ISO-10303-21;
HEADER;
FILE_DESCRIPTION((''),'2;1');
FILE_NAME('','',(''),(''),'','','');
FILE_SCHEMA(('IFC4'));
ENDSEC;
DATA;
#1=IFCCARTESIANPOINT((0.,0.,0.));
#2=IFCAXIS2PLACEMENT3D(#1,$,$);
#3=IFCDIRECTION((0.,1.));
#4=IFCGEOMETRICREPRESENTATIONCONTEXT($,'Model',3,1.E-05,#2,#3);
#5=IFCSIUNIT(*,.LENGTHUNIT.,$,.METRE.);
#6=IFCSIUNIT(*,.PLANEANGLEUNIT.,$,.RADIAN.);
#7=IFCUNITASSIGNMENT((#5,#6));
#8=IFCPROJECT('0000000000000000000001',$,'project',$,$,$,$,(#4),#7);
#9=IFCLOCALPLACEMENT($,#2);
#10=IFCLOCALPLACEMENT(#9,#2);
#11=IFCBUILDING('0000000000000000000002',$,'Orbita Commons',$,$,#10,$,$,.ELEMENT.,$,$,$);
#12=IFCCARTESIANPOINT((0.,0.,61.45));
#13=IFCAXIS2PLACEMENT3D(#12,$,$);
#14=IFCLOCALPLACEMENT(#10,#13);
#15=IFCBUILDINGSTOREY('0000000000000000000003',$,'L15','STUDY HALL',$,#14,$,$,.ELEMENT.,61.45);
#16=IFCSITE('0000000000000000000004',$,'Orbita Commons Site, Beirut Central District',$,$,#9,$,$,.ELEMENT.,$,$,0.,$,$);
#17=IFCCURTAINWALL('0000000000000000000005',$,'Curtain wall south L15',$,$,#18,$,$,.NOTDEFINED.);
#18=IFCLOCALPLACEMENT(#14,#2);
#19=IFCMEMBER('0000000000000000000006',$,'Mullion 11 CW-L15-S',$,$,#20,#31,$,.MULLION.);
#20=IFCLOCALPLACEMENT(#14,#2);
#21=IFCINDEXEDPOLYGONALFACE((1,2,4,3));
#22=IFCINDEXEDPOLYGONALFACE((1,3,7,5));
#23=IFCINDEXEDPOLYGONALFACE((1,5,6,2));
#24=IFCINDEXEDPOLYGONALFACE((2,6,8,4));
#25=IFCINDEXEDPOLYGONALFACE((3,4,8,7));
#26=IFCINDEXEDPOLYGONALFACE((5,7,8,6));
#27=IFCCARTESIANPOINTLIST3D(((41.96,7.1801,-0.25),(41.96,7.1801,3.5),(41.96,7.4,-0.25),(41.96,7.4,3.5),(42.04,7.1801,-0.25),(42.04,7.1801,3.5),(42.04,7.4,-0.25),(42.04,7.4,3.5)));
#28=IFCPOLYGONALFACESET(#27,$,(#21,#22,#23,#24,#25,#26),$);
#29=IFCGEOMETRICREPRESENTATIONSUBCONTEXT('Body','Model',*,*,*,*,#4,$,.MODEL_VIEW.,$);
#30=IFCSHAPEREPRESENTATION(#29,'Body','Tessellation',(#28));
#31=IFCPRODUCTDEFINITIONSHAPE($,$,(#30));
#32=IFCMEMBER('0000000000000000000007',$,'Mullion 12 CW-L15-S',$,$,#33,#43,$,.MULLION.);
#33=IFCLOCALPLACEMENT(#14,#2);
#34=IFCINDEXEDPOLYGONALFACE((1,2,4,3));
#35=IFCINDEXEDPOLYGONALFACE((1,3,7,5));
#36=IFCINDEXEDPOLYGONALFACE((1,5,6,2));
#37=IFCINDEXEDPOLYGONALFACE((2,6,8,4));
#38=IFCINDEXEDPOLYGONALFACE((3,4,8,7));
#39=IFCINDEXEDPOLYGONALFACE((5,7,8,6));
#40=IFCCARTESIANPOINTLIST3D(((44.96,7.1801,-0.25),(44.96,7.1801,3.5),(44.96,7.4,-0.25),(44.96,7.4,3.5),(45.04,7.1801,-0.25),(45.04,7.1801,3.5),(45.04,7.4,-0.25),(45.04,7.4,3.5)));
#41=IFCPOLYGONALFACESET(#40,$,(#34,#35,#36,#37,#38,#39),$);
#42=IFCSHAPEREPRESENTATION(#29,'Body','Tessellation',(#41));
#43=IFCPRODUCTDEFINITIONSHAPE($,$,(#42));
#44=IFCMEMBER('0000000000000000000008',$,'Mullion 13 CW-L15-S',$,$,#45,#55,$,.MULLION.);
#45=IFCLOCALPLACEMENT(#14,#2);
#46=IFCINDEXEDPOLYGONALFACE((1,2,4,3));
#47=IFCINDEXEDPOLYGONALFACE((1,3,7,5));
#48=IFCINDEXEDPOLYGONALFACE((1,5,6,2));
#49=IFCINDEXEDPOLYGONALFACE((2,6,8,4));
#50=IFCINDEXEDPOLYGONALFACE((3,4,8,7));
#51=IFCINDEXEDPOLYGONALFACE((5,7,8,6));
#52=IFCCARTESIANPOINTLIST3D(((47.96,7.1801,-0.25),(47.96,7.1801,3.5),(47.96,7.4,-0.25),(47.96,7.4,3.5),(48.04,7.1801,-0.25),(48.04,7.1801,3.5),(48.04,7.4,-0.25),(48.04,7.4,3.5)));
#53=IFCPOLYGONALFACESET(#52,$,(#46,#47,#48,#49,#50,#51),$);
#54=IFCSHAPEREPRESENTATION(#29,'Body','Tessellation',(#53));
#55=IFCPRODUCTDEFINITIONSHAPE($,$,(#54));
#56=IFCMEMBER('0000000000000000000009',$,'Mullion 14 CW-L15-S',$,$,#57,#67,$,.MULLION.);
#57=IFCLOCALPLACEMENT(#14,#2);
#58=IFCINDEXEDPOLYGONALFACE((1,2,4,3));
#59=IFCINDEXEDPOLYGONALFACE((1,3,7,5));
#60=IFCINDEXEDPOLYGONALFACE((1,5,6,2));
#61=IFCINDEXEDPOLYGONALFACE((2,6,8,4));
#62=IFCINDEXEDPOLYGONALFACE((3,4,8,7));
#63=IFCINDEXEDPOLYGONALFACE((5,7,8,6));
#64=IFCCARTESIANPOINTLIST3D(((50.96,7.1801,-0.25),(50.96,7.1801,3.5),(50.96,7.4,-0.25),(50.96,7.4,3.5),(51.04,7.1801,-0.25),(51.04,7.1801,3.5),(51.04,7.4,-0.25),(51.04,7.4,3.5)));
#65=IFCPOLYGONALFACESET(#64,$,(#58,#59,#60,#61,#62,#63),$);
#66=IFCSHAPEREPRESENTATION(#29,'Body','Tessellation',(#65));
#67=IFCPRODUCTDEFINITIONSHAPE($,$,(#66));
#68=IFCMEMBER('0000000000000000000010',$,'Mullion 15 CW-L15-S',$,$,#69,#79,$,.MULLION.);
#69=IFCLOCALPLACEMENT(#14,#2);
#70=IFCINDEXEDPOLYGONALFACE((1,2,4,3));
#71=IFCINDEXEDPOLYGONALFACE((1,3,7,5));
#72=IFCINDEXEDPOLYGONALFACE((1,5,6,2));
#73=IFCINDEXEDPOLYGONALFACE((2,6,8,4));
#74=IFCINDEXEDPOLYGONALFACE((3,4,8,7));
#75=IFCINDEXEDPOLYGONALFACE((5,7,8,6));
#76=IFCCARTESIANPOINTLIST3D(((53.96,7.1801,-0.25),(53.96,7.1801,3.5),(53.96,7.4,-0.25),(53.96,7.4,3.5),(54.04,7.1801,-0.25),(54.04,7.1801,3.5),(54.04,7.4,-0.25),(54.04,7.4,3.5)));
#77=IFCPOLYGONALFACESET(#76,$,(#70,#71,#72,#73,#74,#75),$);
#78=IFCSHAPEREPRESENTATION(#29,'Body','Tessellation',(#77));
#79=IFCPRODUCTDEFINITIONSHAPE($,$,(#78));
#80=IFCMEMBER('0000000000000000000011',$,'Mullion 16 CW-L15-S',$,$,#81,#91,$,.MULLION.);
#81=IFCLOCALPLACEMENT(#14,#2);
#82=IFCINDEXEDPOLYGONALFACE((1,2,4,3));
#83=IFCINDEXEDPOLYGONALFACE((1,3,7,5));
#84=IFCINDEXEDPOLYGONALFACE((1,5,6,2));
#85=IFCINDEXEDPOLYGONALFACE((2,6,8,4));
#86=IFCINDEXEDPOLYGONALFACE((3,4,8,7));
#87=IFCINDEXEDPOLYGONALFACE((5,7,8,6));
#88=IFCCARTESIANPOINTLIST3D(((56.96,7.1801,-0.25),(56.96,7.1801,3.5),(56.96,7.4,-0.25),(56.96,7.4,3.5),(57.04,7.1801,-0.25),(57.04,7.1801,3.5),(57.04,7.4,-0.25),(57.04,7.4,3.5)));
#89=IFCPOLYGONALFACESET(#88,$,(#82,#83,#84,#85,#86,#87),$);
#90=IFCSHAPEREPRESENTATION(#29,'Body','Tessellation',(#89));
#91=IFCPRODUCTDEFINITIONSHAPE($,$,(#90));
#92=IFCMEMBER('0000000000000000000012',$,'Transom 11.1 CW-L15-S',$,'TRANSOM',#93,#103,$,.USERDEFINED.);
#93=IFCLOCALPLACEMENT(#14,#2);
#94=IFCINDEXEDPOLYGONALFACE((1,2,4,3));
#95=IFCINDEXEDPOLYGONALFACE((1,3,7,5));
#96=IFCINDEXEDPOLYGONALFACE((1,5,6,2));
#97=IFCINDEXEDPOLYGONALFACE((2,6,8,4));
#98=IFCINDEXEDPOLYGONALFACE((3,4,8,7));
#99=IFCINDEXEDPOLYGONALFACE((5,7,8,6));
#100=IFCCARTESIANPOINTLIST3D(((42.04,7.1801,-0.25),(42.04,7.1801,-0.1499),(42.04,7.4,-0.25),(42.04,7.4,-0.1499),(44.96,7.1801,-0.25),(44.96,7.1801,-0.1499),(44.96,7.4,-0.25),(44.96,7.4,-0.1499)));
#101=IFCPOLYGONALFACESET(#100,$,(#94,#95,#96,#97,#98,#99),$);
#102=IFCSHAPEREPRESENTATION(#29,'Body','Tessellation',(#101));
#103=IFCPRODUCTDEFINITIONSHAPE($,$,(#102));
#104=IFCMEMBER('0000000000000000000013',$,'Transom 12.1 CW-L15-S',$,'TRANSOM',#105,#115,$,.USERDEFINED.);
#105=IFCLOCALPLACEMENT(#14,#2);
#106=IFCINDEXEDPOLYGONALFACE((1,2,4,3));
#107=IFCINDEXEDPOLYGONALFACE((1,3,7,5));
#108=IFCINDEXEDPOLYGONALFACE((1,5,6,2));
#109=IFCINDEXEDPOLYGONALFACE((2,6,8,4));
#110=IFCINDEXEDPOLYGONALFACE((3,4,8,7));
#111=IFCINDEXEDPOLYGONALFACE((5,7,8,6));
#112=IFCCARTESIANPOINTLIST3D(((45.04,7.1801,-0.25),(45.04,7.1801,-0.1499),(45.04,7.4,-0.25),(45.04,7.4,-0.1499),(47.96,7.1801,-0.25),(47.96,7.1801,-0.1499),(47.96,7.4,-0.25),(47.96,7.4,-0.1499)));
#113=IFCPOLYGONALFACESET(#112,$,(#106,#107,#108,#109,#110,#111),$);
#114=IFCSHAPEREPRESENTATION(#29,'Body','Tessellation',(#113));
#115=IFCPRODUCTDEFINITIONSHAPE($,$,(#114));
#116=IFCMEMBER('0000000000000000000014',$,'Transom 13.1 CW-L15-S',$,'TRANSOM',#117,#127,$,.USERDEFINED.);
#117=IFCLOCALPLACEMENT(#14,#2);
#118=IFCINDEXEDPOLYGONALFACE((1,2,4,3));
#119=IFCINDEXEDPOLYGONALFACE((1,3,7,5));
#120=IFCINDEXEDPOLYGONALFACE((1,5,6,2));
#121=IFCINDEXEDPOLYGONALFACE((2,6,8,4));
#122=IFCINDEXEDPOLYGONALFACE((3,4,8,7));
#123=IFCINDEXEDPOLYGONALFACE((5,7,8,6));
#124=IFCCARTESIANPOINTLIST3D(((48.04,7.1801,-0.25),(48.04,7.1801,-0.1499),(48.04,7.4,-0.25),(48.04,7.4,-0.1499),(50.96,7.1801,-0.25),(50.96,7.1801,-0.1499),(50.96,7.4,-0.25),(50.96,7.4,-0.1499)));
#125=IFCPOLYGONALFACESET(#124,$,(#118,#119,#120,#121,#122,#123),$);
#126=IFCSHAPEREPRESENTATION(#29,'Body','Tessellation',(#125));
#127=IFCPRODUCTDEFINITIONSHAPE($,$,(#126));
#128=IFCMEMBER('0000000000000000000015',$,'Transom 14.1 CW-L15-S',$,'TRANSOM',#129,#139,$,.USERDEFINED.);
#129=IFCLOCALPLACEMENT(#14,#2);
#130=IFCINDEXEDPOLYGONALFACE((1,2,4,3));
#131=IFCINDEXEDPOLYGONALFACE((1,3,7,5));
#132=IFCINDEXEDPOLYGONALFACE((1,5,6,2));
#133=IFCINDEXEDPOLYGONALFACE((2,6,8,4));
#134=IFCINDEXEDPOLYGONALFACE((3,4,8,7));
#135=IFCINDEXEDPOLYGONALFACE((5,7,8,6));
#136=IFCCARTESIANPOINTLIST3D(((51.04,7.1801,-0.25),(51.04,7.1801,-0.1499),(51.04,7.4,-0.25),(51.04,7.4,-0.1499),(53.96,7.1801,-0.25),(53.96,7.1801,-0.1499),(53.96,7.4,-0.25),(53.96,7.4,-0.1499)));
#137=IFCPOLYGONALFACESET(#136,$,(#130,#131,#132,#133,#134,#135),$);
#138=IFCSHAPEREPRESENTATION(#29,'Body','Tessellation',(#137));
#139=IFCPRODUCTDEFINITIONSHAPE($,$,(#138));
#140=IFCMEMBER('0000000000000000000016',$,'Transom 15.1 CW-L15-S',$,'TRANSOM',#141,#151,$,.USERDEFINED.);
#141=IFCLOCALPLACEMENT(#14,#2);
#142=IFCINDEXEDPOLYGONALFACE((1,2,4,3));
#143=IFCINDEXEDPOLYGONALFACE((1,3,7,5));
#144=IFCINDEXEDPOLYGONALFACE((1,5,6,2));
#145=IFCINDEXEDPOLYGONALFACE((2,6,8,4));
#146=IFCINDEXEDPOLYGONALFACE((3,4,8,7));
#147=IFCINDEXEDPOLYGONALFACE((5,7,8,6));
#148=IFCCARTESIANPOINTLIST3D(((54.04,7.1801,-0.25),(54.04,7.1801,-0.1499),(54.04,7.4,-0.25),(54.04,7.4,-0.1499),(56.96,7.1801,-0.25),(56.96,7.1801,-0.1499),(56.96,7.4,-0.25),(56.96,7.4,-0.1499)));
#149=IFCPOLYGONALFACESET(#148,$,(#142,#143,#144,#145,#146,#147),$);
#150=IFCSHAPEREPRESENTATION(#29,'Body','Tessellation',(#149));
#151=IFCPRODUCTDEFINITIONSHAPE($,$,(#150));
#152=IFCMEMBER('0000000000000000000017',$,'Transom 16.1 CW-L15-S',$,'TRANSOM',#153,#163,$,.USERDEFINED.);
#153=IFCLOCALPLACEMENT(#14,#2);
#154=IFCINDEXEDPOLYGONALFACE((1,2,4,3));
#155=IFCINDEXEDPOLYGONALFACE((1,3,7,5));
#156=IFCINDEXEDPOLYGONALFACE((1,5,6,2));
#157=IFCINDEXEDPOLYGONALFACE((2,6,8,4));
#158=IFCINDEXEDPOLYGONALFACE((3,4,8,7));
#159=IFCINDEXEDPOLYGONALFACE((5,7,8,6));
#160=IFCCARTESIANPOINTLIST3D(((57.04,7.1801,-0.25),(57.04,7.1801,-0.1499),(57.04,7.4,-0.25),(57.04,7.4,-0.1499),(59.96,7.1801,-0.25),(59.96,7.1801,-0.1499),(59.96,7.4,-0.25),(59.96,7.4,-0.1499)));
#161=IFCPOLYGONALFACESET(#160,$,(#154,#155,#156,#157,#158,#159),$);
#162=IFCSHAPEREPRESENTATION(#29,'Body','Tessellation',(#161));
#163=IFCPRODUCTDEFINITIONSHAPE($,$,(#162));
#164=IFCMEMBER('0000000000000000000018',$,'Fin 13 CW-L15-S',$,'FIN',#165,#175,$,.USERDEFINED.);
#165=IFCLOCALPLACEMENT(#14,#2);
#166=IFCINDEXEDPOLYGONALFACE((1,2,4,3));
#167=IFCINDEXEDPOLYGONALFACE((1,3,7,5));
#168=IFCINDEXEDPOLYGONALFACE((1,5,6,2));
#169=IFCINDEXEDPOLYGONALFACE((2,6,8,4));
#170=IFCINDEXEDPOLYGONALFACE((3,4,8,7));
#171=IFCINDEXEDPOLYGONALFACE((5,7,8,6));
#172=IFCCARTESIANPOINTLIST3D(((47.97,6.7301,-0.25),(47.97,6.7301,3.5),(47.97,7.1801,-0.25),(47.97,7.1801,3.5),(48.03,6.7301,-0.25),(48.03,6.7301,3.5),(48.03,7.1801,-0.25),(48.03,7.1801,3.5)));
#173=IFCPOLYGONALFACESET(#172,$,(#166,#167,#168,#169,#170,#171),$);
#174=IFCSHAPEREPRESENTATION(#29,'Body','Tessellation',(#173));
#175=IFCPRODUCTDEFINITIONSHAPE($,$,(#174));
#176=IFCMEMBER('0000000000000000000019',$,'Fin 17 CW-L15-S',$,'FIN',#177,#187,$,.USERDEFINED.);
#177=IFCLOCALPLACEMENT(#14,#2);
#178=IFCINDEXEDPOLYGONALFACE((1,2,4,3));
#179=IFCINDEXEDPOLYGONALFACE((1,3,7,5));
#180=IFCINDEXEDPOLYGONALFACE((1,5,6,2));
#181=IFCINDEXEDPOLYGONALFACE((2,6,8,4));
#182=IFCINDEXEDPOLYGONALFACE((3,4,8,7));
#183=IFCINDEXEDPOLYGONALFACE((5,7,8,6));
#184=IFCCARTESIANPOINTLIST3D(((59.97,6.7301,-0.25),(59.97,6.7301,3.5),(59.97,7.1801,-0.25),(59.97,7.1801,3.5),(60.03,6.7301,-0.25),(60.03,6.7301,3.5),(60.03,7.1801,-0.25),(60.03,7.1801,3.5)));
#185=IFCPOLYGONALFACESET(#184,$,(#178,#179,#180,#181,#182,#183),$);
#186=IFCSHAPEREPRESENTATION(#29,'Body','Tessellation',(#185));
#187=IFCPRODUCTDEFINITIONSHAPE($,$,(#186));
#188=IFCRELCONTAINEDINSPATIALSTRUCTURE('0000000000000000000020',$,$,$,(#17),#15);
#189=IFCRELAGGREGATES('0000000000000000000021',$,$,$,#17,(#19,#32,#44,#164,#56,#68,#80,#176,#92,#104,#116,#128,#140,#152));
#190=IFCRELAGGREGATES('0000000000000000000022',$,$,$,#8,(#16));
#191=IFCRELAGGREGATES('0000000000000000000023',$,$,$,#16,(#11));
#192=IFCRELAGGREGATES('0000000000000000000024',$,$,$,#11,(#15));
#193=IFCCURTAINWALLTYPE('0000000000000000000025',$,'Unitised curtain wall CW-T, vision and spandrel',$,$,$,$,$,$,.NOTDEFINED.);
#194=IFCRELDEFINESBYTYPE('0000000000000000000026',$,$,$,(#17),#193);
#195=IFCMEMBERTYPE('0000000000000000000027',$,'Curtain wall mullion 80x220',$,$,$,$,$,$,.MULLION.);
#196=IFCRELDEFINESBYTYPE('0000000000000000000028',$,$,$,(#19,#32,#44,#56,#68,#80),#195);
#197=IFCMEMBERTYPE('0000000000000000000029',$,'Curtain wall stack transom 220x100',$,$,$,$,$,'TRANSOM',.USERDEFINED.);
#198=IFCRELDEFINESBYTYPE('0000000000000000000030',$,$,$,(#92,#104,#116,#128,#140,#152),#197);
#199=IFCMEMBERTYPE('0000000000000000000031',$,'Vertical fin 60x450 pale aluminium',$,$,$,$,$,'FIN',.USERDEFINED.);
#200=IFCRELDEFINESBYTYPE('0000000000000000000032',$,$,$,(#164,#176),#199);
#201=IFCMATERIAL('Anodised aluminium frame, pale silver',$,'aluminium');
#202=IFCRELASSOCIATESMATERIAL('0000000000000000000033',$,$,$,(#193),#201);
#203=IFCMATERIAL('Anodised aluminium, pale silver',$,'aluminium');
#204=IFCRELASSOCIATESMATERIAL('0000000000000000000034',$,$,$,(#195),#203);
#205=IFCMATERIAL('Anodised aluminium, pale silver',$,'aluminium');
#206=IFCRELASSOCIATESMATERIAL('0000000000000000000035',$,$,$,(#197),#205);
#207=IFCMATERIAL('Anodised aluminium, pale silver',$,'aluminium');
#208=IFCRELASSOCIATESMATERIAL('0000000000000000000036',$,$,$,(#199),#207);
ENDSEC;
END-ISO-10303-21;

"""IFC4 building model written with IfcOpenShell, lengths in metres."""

from ifc_helpers import new_model, si_unit, direction, frame, origin, origin_2d, place, context, subcontext, project, spatial, rectangle, extrude, material, material_profile, profile_set, type_object, element, aggregate, save


model = new_model("IFC4")

# Units and contexts
model_context = context("Model", 3, precision=1e-05, world=origin(), true_north=direction((0.0, 1.0)))
body_context = subcontext(model_context, "Body", "Model", "MODEL_VIEW")
ifc_project = project(units=[si_unit("LENGTHUNIT", "METRE"), si_unit("PLANEANGLEUNIT", "RADIAN")], contexts=[model_context])

# Site, building, storey
site_placement = place(None, origin())
site = spatial("IfcSite", under=ifc_project, at=site_placement, Name="Orbita Commons Site, Beirut Central District", CompositionType="ELEMENT", RefElevation=0.0)
building_placement = place(site_placement, origin())
building = spatial("IfcBuilding", under=site, at=building_placement, Name="Orbita Commons", CompositionType="ELEMENT")
storey_placement = place(building_placement, frame((0.0, 0.0, 61.45)))
storey = spatial("IfcBuildingStorey", under=building, at=storey_placement, Name="L15", Description="STUDY HALL", CompositionType="ELEMENT", Elevation=61.45)

# Curtain wall, members
ifc_material_1 = material(Name="Anodised aluminium frame, pale silver", Category="aluminium")
curtain_wall_type = type_object("IfcCurtainWallType", Name="Unitised curtain wall CW-T, vision and spandrel", PredefinedType="NOTDEFINED", material=ifc_material_1)
curtain_wall_placement = place(storey_placement, origin())
curtain_wall = element("IfcCurtainWall", 1, at=curtain_wall_placement, inside=storey, type_object=curtain_wall_type, Name="Curtain wall south L15", PredefinedType="NOTDEFINED")
ifc_material_2 = material(Name="Anodised aluminium, pale silver", Category="aluminium")
ifc_material_profile_1 = material_profile(ifc_material_2, rectangle(XDim=0.0801, YDim=0.22, at=origin_2d()), Name="AL 80x220")
ifc_profile_set_1 = profile_set([ifc_material_profile_1], Name="Anodised aluminium, pale silver")
member_type_1 = type_object("IfcMemberType", Name="Curtain wall mullion 80x220", PredefinedType="MULLION", material=ifc_profile_set_1)
member_1_placement = place(storey_placement, frame((42.0, 7.29, -0.25), z_axis=(0.0, 0.0, 1.0), x_axis=(1.0, 0.0, 0.0)))
member_1 = element("IfcMember", 2, at=member_1_placement, type_object=member_type_1, Name="Mullion 11 CW-L15-S", PredefinedType="MULLION", context=body_context, shape_type="SweptSolid", body=[
    extrude(rectangle(XDim=0.0801, YDim=0.22, at=origin_2d()), origin(), (0.0, 0.0, 1.0), 3.75),
])
member_2_placement = place(storey_placement, frame((45.0, 7.29, -0.25), z_axis=(0.0, 0.0, 1.0), x_axis=(1.0, 0.0, 0.0)))
member_2 = element("IfcMember", 3, at=member_2_placement, type_object=member_type_1, Name="Mullion 12 CW-L15-S", PredefinedType="MULLION", context=body_context, shape_type="SweptSolid", body=[
    extrude(rectangle(XDim=0.0801, YDim=0.22, at=origin_2d()), origin(), (0.0, 0.0, 1.0), 3.75),
])
member_3_placement = place(storey_placement, frame((48.0, 7.29, -0.25), z_axis=(0.0, 0.0, 1.0), x_axis=(1.0, 0.0, 0.0)))
member_3 = element("IfcMember", 4, at=member_3_placement, type_object=member_type_1, Name="Mullion 13 CW-L15-S", PredefinedType="MULLION", context=body_context, shape_type="SweptSolid", body=[
    extrude(rectangle(XDim=0.0801, YDim=0.22, at=origin_2d()), origin(), (0.0, 0.0, 1.0), 3.75),
])
member_4_placement = place(storey_placement, frame((51.0, 7.29, -0.25), z_axis=(0.0, 0.0, 1.0), x_axis=(1.0, 0.0, 0.0)))
member_4 = element("IfcMember", 5, at=member_4_placement, type_object=member_type_1, Name="Mullion 14 CW-L15-S", PredefinedType="MULLION", context=body_context, shape_type="SweptSolid", body=[
    extrude(rectangle(XDim=0.0801, YDim=0.22, at=origin_2d()), origin(), (0.0, 0.0, 1.0), 3.75),
])
member_5_placement = place(storey_placement, frame((54.0, 7.29, -0.25), z_axis=(0.0, 0.0, 1.0), x_axis=(1.0, 0.0, 0.0)))
member_5 = element("IfcMember", 6, at=member_5_placement, type_object=member_type_1, Name="Mullion 15 CW-L15-S", PredefinedType="MULLION", context=body_context, shape_type="SweptSolid", body=[
    extrude(rectangle(XDim=0.0801, YDim=0.22, at=origin_2d()), origin(), (0.0, 0.0, 1.0), 3.75),
])
member_6_placement = place(storey_placement, frame((57.0, 7.29, -0.25), z_axis=(0.0, 0.0, 1.0), x_axis=(1.0, 0.0, 0.0)))
member_6 = element("IfcMember", 7, at=member_6_placement, type_object=member_type_1, Name="Mullion 16 CW-L15-S", PredefinedType="MULLION", context=body_context, shape_type="SweptSolid", body=[
    extrude(rectangle(XDim=0.0801, YDim=0.22, at=origin_2d()), origin(), (0.0, 0.0, 1.0), 3.75),
])
ifc_material_3 = material(Name="Anodised aluminium, pale silver", Category="aluminium")
ifc_material_profile_2 = material_profile(ifc_material_3, rectangle(XDim=0.22, YDim=0.1001, at=origin_2d()), Name="AL 220x100")
ifc_profile_set_2 = profile_set([ifc_material_profile_2], Name="Anodised aluminium, pale silver")
member_type_2 = type_object("IfcMemberType", Name="Curtain wall stack transom 220x100", ElementType="TRANSOM", PredefinedType="USERDEFINED", material=ifc_profile_set_2)
member_7_placement = place(storey_placement, frame((42.04, 7.29, -0.2), z_axis=(1.0, 0.0, 0.0), x_axis=(0.0, 1.0, 0.0)))
member_7 = element("IfcMember", 8, at=member_7_placement, type_object=member_type_2, Name="Transom 11.1 CW-L15-S", ObjectType="TRANSOM", PredefinedType="USERDEFINED", context=body_context, shape_type="SweptSolid", body=[
    extrude(rectangle(XDim=0.22, YDim=0.1001, at=origin_2d()), origin(), (0.0, 0.0, 1.0), 2.9199),
])
member_8_placement = place(storey_placement, frame((45.04, 7.29, -0.2), z_axis=(1.0, 0.0, 0.0), x_axis=(0.0, 1.0, 0.0)))
member_8 = element("IfcMember", 9, at=member_8_placement, type_object=member_type_2, Name="Transom 12.1 CW-L15-S", ObjectType="TRANSOM", PredefinedType="USERDEFINED", context=body_context, shape_type="SweptSolid", body=[
    extrude(rectangle(XDim=0.22, YDim=0.1001, at=origin_2d()), origin(), (0.0, 0.0, 1.0), 2.9199),
])
member_9_placement = place(storey_placement, frame((48.04, 7.29, -0.2), z_axis=(1.0, 0.0, 0.0), x_axis=(0.0, 1.0, 0.0)))
member_9 = element("IfcMember", 10, at=member_9_placement, type_object=member_type_2, Name="Transom 13.1 CW-L15-S", ObjectType="TRANSOM", PredefinedType="USERDEFINED", context=body_context, shape_type="SweptSolid", body=[
    extrude(rectangle(XDim=0.22, YDim=0.1001, at=origin_2d()), origin(), (0.0, 0.0, 1.0), 2.9199),
])
member_10_placement = place(storey_placement, frame((51.04, 7.29, -0.2), z_axis=(1.0, 0.0, 0.0), x_axis=(0.0, 1.0, 0.0)))
member_10 = element("IfcMember", 11, at=member_10_placement, type_object=member_type_2, Name="Transom 14.1 CW-L15-S", ObjectType="TRANSOM", PredefinedType="USERDEFINED", context=body_context, shape_type="SweptSolid", body=[
    extrude(rectangle(XDim=0.22, YDim=0.1001, at=origin_2d()), origin(), (0.0, 0.0, 1.0), 2.9199),
])
member_11_placement = place(storey_placement, frame((54.04, 7.29, -0.2), z_axis=(1.0, 0.0, 0.0), x_axis=(0.0, 1.0, 0.0)))
member_11 = element("IfcMember", 12, at=member_11_placement, type_object=member_type_2, Name="Transom 15.1 CW-L15-S", ObjectType="TRANSOM", PredefinedType="USERDEFINED", context=body_context, shape_type="SweptSolid", body=[
    extrude(rectangle(XDim=0.22, YDim=0.1001, at=origin_2d()), origin(), (0.0, 0.0, 1.0), 2.9199),
])
member_12_placement = place(storey_placement, frame((57.04, 7.29, -0.2), z_axis=(1.0, 0.0, 0.0), x_axis=(0.0, 1.0, 0.0)))
member_12 = element("IfcMember", 13, at=member_12_placement, type_object=member_type_2, Name="Transom 16.1 CW-L15-S", ObjectType="TRANSOM", PredefinedType="USERDEFINED", context=body_context, shape_type="SweptSolid", body=[
    extrude(rectangle(XDim=0.22, YDim=0.1001, at=origin_2d()), origin(), (0.0, 0.0, 1.0), 2.9199),
])
ifc_material_4 = material(Name="Anodised aluminium, pale silver", Category="aluminium")
ifc_material_profile_3 = material_profile(ifc_material_4, rectangle(XDim=0.0601, YDim=0.45, at=origin_2d()), Name="FIN 60x450")
ifc_profile_set_3 = profile_set([ifc_material_profile_3], Name="Anodised aluminium, pale silver")
member_type_3 = type_object("IfcMemberType", Name="Vertical fin 60x450 pale aluminium", ElementType="FIN", PredefinedType="USERDEFINED", material=ifc_profile_set_3)
member_13_placement = place(storey_placement, frame((48.0, 6.9551, -0.25), z_axis=(0.0, 0.0, 1.0), x_axis=(1.0, 0.0, 0.0)))
member_13 = element("IfcMember", 14, at=member_13_placement, type_object=member_type_3, Name="Fin 13 CW-L15-S", ObjectType="FIN", PredefinedType="USERDEFINED", context=body_context, shape_type="SweptSolid", body=[
    extrude(rectangle(XDim=0.0601, YDim=0.45, at=origin_2d()), origin(), (0.0, 0.0, 1.0), 3.75),
])
member_14_placement = place(storey_placement, frame((60.0, 6.9551, -0.25), z_axis=(0.0, 0.0, 1.0), x_axis=(1.0, 0.0, 0.0)))
member_14 = element("IfcMember", 15, at=member_14_placement, type_object=member_type_3, Name="Fin 17 CW-L15-S", ObjectType="FIN", PredefinedType="USERDEFINED", context=body_context, shape_type="SweptSolid", body=[
    extrude(rectangle(XDim=0.0601, YDim=0.45, at=origin_2d()), origin(), (0.0, 0.0, 1.0), 3.75),
])
aggregate(curtain_wall, [member_1, member_2, member_3, member_13, member_4, member_5, member_6, member_14, member_7, member_8, member_9, member_10, member_11, member_12])

save(model, "model.ifc")
